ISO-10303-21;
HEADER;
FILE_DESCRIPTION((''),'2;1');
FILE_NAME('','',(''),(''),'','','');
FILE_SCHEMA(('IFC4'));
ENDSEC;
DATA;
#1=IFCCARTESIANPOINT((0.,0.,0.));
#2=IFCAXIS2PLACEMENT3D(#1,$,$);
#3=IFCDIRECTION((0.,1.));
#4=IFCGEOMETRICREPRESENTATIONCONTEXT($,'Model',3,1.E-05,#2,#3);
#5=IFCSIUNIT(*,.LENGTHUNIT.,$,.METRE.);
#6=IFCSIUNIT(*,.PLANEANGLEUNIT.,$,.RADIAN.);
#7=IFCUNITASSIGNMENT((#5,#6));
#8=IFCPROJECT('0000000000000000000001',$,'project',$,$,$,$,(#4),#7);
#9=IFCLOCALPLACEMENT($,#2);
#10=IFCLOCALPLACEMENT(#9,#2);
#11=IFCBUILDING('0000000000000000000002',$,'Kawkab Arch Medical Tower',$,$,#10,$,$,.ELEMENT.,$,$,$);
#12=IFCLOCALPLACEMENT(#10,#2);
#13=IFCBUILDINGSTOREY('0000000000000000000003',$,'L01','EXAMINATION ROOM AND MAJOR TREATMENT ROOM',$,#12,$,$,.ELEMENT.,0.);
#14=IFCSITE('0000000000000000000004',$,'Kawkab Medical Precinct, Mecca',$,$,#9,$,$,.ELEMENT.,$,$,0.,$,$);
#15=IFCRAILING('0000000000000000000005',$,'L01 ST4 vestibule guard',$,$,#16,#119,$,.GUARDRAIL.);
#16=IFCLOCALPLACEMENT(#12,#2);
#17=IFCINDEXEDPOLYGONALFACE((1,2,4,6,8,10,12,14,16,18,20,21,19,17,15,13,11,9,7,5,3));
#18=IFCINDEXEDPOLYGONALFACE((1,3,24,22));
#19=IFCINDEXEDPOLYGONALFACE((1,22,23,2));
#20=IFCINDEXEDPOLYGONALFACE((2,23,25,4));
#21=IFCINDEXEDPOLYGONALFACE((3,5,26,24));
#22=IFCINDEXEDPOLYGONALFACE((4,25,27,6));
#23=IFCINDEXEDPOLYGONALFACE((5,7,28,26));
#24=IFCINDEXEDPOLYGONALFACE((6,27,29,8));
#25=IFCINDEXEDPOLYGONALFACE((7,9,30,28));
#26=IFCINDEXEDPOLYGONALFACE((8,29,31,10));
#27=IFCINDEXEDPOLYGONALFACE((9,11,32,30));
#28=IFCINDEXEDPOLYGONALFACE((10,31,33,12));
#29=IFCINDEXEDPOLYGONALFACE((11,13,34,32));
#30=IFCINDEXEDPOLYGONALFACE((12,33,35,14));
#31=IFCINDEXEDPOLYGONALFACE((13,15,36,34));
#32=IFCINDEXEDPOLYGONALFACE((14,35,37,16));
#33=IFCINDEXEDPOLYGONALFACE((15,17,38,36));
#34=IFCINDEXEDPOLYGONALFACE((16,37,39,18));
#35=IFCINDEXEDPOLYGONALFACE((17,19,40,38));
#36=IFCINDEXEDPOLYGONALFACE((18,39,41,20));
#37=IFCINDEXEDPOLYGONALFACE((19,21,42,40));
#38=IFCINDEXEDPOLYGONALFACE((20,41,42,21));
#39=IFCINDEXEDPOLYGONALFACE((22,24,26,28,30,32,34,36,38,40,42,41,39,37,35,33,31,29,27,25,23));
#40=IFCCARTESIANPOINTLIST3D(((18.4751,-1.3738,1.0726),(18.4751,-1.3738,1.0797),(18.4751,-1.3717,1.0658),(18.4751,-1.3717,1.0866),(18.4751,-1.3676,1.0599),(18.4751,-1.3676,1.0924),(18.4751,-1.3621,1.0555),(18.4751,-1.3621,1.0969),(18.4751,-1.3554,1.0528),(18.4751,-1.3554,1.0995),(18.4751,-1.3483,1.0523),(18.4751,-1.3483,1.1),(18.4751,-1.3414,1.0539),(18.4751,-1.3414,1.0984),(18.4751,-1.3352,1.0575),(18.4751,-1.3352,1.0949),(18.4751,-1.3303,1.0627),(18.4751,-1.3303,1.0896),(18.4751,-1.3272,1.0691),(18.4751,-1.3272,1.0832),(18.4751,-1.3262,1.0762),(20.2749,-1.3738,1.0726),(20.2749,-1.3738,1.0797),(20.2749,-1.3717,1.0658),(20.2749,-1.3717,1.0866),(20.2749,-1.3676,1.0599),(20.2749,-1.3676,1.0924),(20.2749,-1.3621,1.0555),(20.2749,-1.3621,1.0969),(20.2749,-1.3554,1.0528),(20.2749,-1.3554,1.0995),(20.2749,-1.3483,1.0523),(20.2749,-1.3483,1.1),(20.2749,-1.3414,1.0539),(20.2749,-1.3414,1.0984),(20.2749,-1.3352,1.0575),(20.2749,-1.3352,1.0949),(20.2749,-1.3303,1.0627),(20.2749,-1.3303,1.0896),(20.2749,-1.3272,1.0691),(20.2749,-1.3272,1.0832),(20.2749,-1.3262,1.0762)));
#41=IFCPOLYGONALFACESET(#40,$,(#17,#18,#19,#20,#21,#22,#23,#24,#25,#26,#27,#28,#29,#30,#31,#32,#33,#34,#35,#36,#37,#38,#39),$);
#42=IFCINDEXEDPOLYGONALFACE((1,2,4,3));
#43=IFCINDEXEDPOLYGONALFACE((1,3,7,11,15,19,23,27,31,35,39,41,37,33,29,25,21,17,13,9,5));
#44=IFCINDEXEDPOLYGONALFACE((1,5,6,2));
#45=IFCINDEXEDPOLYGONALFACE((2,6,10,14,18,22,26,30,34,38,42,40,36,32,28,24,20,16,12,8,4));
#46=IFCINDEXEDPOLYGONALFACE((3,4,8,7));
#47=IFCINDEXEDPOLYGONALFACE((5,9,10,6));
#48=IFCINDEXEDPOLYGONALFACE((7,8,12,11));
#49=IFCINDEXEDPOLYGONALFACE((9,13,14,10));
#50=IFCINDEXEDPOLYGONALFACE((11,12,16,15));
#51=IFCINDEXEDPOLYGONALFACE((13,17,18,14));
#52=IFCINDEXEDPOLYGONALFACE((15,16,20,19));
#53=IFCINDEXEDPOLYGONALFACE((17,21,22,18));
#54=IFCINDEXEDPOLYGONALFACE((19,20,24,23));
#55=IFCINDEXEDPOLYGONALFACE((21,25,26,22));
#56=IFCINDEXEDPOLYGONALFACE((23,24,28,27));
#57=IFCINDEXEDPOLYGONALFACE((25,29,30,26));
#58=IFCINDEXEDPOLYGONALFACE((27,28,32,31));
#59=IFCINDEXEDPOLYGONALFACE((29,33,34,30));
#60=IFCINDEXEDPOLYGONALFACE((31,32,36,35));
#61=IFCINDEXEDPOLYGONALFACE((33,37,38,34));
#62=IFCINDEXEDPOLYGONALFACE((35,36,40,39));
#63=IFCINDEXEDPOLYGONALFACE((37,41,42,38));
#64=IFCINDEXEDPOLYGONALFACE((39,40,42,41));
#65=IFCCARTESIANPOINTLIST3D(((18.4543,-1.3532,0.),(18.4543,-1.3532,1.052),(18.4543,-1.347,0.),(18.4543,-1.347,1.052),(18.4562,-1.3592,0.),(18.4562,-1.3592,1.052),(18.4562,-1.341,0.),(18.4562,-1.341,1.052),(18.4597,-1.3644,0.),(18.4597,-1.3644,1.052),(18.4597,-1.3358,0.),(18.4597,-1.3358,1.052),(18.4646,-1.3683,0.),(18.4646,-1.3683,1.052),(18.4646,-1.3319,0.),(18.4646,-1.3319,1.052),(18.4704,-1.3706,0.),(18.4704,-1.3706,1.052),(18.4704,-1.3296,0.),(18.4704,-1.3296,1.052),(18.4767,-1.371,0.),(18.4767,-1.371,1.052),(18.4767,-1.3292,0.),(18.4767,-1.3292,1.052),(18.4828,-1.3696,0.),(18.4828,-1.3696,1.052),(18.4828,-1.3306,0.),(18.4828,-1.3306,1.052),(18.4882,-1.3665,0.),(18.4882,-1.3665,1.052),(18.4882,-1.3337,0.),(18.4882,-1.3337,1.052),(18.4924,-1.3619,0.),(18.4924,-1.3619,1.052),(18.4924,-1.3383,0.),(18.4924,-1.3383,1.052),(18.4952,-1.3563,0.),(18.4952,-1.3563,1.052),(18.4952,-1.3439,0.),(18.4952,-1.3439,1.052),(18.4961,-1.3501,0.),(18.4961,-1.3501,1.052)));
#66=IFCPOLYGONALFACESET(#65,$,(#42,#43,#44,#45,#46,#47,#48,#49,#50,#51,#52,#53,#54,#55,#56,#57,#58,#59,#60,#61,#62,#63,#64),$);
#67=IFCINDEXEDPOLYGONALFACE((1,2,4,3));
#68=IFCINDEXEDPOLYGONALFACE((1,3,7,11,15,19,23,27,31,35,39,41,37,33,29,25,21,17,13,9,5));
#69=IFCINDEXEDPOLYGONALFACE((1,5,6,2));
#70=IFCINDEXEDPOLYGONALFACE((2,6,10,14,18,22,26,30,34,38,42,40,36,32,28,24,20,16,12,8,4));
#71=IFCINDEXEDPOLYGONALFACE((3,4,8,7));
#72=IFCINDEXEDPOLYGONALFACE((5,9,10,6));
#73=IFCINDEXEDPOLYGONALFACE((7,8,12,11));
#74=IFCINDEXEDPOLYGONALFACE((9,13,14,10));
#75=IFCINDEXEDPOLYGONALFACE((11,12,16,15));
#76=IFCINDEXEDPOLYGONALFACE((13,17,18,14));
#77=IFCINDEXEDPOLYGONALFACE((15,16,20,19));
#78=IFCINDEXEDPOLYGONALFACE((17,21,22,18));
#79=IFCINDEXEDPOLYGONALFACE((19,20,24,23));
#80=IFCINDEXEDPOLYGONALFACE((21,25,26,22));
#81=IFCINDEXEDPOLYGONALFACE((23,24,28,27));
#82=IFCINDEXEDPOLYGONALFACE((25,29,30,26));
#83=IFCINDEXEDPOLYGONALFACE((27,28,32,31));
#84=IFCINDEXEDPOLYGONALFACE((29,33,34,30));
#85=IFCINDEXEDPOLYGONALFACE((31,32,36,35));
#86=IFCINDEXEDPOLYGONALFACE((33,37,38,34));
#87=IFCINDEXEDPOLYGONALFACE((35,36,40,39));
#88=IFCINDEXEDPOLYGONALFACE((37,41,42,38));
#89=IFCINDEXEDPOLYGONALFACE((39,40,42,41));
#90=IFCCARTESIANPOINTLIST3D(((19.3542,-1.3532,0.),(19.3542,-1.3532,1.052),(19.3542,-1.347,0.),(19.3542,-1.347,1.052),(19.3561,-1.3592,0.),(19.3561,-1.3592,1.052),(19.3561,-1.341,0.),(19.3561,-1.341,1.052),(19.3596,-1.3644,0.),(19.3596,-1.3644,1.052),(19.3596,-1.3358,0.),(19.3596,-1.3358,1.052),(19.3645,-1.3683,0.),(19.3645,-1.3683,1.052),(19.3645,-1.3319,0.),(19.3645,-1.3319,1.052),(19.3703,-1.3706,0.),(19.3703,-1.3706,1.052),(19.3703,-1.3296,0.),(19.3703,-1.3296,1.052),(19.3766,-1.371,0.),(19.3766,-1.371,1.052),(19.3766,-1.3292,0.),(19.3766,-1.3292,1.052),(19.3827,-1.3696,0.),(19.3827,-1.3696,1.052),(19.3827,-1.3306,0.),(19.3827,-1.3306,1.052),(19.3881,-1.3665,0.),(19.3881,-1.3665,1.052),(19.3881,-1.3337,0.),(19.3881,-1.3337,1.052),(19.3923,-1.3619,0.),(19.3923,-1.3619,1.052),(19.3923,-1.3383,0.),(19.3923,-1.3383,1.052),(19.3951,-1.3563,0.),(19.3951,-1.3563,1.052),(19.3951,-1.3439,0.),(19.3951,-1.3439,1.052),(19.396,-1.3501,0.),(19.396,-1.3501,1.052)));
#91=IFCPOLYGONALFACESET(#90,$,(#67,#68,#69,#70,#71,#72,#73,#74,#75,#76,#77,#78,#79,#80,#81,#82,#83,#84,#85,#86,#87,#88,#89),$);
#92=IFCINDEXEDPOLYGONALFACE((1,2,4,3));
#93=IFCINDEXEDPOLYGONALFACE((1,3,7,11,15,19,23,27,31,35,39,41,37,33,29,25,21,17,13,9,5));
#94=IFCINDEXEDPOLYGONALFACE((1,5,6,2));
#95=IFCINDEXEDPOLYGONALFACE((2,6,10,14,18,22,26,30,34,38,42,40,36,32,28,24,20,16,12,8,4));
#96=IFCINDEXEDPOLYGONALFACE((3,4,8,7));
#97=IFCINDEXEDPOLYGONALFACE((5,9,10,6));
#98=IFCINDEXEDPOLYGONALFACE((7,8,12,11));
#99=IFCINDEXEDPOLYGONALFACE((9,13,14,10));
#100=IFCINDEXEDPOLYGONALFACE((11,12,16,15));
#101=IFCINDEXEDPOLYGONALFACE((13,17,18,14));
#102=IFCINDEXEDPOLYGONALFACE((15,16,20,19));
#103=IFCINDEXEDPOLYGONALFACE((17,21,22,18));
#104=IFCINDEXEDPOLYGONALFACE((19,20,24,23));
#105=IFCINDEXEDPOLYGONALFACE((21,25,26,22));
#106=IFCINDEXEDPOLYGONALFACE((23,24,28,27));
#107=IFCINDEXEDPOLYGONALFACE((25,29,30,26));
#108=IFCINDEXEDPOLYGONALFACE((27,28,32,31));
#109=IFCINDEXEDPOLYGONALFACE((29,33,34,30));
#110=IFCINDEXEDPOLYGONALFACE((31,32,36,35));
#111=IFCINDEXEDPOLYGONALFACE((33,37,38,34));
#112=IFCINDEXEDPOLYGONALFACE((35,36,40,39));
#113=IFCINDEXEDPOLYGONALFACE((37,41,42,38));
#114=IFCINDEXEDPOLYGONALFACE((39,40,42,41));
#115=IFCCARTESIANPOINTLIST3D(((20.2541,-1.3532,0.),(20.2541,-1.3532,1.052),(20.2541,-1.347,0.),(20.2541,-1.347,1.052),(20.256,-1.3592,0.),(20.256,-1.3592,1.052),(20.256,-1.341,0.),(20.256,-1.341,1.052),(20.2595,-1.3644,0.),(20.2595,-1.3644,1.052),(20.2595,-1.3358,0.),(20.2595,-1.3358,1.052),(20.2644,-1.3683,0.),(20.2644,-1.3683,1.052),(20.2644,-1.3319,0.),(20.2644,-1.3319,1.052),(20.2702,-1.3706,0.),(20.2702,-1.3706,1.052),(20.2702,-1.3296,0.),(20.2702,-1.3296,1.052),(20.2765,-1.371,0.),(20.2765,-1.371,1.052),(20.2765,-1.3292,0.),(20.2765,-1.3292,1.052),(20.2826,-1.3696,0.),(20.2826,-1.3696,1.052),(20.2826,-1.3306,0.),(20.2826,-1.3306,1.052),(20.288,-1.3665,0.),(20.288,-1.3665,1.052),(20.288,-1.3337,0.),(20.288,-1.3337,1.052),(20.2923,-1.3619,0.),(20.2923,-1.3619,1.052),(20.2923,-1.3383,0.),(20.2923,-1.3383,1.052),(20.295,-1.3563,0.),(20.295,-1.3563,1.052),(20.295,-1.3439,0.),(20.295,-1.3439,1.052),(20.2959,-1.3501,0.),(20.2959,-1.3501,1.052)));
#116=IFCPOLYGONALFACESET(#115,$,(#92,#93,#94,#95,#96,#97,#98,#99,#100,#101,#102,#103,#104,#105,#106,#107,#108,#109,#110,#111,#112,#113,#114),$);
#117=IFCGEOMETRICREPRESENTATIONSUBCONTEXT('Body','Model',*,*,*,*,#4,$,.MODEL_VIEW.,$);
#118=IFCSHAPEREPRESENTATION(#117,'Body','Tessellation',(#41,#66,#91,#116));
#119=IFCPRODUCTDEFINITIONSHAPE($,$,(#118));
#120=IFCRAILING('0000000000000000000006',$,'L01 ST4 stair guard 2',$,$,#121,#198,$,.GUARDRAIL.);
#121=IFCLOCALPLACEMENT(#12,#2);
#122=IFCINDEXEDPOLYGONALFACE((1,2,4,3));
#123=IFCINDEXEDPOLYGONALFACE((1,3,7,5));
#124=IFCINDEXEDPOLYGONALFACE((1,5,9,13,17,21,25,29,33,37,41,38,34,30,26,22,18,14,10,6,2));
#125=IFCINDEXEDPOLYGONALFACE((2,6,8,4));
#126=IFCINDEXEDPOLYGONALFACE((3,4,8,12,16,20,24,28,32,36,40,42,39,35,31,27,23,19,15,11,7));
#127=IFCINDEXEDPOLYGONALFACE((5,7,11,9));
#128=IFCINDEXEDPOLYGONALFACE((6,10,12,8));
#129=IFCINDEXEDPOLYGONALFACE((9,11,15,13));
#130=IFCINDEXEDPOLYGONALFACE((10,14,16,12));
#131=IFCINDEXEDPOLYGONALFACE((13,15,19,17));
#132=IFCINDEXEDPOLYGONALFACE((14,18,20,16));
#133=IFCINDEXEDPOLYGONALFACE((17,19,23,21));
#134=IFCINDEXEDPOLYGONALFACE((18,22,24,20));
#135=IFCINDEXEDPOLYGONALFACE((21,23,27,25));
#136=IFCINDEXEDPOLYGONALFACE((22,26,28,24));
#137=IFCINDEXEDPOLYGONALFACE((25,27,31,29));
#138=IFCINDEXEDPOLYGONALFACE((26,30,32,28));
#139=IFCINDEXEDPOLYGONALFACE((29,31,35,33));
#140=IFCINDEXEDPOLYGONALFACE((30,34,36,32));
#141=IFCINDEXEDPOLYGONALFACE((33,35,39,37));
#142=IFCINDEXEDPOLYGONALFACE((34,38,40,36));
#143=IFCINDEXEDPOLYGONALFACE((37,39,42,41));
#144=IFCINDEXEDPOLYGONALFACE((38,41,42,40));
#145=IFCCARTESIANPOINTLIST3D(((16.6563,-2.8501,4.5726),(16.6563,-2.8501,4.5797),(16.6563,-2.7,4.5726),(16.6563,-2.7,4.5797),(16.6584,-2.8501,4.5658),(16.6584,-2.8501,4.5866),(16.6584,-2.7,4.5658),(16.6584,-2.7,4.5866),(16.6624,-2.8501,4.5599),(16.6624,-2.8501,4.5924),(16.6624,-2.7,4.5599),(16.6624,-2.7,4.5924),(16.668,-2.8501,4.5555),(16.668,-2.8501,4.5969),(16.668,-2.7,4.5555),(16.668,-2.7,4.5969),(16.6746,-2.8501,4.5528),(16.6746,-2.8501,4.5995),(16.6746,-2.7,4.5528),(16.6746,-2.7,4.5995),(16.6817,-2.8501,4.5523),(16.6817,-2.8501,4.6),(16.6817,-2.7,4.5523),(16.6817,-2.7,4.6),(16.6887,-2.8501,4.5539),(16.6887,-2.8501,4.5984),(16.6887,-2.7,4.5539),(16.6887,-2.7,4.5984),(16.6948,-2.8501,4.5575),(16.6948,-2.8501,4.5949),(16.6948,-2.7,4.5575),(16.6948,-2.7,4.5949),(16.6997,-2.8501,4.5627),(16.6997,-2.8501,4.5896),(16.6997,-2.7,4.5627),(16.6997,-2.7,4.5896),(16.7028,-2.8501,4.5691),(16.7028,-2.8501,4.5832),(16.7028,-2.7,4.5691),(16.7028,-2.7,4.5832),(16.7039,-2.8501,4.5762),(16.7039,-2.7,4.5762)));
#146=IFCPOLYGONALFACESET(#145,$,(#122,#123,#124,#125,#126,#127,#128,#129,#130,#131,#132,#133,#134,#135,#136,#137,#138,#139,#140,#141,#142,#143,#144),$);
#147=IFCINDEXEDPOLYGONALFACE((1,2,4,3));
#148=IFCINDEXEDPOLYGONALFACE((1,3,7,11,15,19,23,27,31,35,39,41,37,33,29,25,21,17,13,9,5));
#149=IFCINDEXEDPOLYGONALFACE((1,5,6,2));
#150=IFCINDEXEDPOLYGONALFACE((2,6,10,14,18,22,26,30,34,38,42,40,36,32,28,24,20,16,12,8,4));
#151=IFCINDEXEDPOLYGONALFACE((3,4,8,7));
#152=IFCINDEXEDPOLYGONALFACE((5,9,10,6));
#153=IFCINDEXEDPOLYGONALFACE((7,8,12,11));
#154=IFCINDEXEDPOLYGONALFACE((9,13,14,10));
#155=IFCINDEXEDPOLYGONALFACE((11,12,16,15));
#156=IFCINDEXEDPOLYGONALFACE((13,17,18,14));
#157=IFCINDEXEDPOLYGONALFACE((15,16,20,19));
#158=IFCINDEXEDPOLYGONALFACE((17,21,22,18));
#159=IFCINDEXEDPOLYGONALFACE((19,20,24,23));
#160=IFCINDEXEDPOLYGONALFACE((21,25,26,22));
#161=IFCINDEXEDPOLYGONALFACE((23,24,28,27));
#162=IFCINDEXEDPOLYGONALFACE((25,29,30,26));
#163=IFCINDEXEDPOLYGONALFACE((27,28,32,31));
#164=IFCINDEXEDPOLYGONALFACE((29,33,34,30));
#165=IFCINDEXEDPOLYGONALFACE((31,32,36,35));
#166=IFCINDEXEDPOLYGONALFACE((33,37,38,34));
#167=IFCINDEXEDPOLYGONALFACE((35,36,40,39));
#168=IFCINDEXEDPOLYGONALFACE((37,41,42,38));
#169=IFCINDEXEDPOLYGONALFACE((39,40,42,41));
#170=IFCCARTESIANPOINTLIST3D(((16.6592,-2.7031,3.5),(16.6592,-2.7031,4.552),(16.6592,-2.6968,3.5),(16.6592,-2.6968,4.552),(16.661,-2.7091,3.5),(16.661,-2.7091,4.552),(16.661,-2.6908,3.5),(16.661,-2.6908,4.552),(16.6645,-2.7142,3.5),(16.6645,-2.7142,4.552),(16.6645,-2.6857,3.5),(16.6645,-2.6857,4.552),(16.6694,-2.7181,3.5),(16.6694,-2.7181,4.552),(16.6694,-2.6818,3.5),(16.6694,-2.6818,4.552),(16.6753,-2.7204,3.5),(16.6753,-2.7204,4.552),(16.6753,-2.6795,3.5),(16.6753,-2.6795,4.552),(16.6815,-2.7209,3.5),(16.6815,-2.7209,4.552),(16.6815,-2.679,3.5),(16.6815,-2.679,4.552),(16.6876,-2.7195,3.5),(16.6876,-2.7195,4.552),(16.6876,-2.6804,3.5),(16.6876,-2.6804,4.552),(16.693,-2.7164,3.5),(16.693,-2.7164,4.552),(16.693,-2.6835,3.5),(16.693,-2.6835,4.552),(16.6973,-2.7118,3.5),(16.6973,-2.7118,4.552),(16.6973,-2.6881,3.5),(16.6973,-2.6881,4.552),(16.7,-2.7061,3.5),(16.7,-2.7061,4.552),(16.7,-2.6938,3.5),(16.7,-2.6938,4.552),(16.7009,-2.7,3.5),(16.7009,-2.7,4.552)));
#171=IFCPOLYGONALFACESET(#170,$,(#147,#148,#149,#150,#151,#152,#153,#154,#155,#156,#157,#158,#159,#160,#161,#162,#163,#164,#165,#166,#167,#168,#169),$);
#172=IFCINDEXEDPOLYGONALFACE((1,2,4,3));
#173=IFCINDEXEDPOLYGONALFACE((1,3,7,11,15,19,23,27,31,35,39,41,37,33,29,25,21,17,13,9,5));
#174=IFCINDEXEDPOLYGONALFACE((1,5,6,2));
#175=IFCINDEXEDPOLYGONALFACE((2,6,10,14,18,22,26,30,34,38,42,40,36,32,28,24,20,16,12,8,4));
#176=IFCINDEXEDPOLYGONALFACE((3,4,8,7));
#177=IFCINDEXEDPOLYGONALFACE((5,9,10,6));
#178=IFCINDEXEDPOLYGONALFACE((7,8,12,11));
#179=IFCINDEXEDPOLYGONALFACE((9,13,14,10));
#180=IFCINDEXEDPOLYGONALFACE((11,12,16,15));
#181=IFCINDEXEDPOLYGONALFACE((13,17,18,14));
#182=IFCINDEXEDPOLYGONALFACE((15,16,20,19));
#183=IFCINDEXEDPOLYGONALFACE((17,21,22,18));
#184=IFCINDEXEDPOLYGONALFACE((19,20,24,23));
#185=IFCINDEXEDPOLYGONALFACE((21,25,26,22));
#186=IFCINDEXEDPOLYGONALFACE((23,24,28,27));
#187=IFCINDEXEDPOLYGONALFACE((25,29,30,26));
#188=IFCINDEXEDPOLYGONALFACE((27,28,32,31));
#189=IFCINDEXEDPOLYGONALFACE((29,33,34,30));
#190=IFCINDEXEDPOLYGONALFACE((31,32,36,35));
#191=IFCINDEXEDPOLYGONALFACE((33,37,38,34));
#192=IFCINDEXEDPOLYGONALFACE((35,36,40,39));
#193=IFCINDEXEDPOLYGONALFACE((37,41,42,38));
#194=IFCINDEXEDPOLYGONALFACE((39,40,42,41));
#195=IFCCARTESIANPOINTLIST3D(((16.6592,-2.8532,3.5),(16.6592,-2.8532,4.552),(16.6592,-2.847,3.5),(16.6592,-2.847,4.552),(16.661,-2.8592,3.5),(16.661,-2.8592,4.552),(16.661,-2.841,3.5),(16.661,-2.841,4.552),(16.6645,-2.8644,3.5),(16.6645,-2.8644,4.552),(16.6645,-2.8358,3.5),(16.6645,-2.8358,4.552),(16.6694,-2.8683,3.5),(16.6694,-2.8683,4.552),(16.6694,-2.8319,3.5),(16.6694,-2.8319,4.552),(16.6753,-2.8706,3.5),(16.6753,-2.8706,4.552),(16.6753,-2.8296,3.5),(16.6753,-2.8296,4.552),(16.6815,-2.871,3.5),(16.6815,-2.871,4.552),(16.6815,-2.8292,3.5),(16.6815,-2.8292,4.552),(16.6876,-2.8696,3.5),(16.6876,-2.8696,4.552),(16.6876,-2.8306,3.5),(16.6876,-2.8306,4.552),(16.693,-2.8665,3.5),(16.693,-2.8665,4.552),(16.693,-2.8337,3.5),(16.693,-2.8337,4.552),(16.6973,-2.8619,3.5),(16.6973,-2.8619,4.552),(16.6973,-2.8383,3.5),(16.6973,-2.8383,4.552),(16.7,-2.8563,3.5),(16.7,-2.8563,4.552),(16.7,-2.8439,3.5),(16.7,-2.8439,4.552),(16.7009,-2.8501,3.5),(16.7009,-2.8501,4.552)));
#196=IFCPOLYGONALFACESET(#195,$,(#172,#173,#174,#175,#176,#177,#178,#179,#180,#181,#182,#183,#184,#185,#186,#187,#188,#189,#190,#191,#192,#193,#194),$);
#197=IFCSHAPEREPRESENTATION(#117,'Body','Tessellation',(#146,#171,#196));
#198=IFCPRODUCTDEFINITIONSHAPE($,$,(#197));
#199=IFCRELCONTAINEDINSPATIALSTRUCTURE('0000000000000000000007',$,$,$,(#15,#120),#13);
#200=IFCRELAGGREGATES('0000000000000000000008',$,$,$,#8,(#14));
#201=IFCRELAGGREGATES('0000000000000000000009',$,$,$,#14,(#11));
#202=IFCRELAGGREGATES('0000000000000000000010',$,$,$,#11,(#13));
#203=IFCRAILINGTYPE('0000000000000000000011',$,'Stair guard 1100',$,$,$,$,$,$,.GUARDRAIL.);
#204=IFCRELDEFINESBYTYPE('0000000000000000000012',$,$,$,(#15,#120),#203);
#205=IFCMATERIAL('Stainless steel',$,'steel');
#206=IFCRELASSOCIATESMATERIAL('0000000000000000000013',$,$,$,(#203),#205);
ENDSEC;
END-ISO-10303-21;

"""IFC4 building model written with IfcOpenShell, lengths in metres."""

from ifc_helpers import new_model, si_unit, direction, frame, origin, origin_2d, place, context, subcontext, project, spatial, circle, extrude, material, type_object, element, save


model = new_model("IFC4")

# Units and contexts
model_context = context("Model", 3, precision=1e-05, world=origin(), true_north=direction((0.0, 1.0)))
body_context = subcontext(model_context, "Body", "Model", "MODEL_VIEW")
ifc_project = project(units=[si_unit("LENGTHUNIT", "METRE"), si_unit("PLANEANGLEUNIT", "RADIAN")], contexts=[model_context])

# Site, building, storey
site_placement = place(None, origin())
site = spatial("IfcSite", under=ifc_project, at=site_placement, Name="Kawkab Medical Precinct, Mecca", CompositionType="ELEMENT", RefElevation=0.0)
building_placement = place(site_placement, origin())
building = spatial("IfcBuilding", under=site, at=building_placement, Name="Kawkab Arch Medical Tower", CompositionType="ELEMENT")
storey_placement = place(building_placement, origin())
storey = spatial("IfcBuildingStorey", under=building, at=storey_placement, Name="L01", Description="EXAMINATION ROOM AND MAJOR TREATMENT ROOM", CompositionType="ELEMENT", Elevation=0.0)

# Railings
ifc_material_1 = material(Name="Stainless steel", Category="steel")
railing_type = type_object("IfcRailingType", Name="Stair guard 1100", PredefinedType="GUARDRAIL", material=ifc_material_1)
railing_1_placement = place(storey_placement, frame((18.4751, -1.3501, 0.0)))
element("IfcRailing", 1, at=railing_1_placement, inside=storey, type_object=railing_type, Name="L01 ST4 vestibule guard", PredefinedType="GUARDRAIL", context=body_context, shape_type="SweptSolid", body=[
    extrude(circle(Radius=0.0239, at=origin_2d()), frame((0.0, 0.0, 1.0762), z_axis=(1.0, 0.0, 0.0), x_axis=(0.0, 1.0, 0.0)), (0.0, 0.0, 1.0), 1.7998),
    extrude(circle(Radius=0.021, at=origin_2d()), origin(), (0.0, 0.0, 1.0), 1.052),
    extrude(circle(Radius=0.021, at=origin_2d()), frame((0.8999, 0.0, 0.0)), (0.0, 0.0, 1.0), 1.052),
    extrude(circle(Radius=0.021, at=origin_2d()), frame((1.7998, 0.0, 0.0)), (0.0, 0.0, 1.0), 1.052),
])
railing_2_placement = place(storey_placement, frame((16.6799, -2.7, 3.5)))
element("IfcRailing", 2, at=railing_2_placement, inside=storey, type_object=railing_type, Name="L01 ST4 stair guard 2", PredefinedType="GUARDRAIL", context=body_context, shape_type="SweptSolid", body=[
    extrude(circle(Radius=0.0239, at=origin_2d()), frame((0.0, 0.0, 1.0762), z_axis=(0.0, -1.0, 0.0), x_axis=(1.0, 0.0, 0.0)), (0.0, 0.0, 1.0), 0.1501),
    extrude(circle(Radius=0.021, at=origin_2d()), origin(), (0.0, 0.0, 1.0), 1.052),
    extrude(circle(Radius=0.021, at=origin_2d()), frame((0.0, -0.1501, 0.0)), (0.0, 0.0, 1.0), 1.052),
])

save(model, "model.ifc")
